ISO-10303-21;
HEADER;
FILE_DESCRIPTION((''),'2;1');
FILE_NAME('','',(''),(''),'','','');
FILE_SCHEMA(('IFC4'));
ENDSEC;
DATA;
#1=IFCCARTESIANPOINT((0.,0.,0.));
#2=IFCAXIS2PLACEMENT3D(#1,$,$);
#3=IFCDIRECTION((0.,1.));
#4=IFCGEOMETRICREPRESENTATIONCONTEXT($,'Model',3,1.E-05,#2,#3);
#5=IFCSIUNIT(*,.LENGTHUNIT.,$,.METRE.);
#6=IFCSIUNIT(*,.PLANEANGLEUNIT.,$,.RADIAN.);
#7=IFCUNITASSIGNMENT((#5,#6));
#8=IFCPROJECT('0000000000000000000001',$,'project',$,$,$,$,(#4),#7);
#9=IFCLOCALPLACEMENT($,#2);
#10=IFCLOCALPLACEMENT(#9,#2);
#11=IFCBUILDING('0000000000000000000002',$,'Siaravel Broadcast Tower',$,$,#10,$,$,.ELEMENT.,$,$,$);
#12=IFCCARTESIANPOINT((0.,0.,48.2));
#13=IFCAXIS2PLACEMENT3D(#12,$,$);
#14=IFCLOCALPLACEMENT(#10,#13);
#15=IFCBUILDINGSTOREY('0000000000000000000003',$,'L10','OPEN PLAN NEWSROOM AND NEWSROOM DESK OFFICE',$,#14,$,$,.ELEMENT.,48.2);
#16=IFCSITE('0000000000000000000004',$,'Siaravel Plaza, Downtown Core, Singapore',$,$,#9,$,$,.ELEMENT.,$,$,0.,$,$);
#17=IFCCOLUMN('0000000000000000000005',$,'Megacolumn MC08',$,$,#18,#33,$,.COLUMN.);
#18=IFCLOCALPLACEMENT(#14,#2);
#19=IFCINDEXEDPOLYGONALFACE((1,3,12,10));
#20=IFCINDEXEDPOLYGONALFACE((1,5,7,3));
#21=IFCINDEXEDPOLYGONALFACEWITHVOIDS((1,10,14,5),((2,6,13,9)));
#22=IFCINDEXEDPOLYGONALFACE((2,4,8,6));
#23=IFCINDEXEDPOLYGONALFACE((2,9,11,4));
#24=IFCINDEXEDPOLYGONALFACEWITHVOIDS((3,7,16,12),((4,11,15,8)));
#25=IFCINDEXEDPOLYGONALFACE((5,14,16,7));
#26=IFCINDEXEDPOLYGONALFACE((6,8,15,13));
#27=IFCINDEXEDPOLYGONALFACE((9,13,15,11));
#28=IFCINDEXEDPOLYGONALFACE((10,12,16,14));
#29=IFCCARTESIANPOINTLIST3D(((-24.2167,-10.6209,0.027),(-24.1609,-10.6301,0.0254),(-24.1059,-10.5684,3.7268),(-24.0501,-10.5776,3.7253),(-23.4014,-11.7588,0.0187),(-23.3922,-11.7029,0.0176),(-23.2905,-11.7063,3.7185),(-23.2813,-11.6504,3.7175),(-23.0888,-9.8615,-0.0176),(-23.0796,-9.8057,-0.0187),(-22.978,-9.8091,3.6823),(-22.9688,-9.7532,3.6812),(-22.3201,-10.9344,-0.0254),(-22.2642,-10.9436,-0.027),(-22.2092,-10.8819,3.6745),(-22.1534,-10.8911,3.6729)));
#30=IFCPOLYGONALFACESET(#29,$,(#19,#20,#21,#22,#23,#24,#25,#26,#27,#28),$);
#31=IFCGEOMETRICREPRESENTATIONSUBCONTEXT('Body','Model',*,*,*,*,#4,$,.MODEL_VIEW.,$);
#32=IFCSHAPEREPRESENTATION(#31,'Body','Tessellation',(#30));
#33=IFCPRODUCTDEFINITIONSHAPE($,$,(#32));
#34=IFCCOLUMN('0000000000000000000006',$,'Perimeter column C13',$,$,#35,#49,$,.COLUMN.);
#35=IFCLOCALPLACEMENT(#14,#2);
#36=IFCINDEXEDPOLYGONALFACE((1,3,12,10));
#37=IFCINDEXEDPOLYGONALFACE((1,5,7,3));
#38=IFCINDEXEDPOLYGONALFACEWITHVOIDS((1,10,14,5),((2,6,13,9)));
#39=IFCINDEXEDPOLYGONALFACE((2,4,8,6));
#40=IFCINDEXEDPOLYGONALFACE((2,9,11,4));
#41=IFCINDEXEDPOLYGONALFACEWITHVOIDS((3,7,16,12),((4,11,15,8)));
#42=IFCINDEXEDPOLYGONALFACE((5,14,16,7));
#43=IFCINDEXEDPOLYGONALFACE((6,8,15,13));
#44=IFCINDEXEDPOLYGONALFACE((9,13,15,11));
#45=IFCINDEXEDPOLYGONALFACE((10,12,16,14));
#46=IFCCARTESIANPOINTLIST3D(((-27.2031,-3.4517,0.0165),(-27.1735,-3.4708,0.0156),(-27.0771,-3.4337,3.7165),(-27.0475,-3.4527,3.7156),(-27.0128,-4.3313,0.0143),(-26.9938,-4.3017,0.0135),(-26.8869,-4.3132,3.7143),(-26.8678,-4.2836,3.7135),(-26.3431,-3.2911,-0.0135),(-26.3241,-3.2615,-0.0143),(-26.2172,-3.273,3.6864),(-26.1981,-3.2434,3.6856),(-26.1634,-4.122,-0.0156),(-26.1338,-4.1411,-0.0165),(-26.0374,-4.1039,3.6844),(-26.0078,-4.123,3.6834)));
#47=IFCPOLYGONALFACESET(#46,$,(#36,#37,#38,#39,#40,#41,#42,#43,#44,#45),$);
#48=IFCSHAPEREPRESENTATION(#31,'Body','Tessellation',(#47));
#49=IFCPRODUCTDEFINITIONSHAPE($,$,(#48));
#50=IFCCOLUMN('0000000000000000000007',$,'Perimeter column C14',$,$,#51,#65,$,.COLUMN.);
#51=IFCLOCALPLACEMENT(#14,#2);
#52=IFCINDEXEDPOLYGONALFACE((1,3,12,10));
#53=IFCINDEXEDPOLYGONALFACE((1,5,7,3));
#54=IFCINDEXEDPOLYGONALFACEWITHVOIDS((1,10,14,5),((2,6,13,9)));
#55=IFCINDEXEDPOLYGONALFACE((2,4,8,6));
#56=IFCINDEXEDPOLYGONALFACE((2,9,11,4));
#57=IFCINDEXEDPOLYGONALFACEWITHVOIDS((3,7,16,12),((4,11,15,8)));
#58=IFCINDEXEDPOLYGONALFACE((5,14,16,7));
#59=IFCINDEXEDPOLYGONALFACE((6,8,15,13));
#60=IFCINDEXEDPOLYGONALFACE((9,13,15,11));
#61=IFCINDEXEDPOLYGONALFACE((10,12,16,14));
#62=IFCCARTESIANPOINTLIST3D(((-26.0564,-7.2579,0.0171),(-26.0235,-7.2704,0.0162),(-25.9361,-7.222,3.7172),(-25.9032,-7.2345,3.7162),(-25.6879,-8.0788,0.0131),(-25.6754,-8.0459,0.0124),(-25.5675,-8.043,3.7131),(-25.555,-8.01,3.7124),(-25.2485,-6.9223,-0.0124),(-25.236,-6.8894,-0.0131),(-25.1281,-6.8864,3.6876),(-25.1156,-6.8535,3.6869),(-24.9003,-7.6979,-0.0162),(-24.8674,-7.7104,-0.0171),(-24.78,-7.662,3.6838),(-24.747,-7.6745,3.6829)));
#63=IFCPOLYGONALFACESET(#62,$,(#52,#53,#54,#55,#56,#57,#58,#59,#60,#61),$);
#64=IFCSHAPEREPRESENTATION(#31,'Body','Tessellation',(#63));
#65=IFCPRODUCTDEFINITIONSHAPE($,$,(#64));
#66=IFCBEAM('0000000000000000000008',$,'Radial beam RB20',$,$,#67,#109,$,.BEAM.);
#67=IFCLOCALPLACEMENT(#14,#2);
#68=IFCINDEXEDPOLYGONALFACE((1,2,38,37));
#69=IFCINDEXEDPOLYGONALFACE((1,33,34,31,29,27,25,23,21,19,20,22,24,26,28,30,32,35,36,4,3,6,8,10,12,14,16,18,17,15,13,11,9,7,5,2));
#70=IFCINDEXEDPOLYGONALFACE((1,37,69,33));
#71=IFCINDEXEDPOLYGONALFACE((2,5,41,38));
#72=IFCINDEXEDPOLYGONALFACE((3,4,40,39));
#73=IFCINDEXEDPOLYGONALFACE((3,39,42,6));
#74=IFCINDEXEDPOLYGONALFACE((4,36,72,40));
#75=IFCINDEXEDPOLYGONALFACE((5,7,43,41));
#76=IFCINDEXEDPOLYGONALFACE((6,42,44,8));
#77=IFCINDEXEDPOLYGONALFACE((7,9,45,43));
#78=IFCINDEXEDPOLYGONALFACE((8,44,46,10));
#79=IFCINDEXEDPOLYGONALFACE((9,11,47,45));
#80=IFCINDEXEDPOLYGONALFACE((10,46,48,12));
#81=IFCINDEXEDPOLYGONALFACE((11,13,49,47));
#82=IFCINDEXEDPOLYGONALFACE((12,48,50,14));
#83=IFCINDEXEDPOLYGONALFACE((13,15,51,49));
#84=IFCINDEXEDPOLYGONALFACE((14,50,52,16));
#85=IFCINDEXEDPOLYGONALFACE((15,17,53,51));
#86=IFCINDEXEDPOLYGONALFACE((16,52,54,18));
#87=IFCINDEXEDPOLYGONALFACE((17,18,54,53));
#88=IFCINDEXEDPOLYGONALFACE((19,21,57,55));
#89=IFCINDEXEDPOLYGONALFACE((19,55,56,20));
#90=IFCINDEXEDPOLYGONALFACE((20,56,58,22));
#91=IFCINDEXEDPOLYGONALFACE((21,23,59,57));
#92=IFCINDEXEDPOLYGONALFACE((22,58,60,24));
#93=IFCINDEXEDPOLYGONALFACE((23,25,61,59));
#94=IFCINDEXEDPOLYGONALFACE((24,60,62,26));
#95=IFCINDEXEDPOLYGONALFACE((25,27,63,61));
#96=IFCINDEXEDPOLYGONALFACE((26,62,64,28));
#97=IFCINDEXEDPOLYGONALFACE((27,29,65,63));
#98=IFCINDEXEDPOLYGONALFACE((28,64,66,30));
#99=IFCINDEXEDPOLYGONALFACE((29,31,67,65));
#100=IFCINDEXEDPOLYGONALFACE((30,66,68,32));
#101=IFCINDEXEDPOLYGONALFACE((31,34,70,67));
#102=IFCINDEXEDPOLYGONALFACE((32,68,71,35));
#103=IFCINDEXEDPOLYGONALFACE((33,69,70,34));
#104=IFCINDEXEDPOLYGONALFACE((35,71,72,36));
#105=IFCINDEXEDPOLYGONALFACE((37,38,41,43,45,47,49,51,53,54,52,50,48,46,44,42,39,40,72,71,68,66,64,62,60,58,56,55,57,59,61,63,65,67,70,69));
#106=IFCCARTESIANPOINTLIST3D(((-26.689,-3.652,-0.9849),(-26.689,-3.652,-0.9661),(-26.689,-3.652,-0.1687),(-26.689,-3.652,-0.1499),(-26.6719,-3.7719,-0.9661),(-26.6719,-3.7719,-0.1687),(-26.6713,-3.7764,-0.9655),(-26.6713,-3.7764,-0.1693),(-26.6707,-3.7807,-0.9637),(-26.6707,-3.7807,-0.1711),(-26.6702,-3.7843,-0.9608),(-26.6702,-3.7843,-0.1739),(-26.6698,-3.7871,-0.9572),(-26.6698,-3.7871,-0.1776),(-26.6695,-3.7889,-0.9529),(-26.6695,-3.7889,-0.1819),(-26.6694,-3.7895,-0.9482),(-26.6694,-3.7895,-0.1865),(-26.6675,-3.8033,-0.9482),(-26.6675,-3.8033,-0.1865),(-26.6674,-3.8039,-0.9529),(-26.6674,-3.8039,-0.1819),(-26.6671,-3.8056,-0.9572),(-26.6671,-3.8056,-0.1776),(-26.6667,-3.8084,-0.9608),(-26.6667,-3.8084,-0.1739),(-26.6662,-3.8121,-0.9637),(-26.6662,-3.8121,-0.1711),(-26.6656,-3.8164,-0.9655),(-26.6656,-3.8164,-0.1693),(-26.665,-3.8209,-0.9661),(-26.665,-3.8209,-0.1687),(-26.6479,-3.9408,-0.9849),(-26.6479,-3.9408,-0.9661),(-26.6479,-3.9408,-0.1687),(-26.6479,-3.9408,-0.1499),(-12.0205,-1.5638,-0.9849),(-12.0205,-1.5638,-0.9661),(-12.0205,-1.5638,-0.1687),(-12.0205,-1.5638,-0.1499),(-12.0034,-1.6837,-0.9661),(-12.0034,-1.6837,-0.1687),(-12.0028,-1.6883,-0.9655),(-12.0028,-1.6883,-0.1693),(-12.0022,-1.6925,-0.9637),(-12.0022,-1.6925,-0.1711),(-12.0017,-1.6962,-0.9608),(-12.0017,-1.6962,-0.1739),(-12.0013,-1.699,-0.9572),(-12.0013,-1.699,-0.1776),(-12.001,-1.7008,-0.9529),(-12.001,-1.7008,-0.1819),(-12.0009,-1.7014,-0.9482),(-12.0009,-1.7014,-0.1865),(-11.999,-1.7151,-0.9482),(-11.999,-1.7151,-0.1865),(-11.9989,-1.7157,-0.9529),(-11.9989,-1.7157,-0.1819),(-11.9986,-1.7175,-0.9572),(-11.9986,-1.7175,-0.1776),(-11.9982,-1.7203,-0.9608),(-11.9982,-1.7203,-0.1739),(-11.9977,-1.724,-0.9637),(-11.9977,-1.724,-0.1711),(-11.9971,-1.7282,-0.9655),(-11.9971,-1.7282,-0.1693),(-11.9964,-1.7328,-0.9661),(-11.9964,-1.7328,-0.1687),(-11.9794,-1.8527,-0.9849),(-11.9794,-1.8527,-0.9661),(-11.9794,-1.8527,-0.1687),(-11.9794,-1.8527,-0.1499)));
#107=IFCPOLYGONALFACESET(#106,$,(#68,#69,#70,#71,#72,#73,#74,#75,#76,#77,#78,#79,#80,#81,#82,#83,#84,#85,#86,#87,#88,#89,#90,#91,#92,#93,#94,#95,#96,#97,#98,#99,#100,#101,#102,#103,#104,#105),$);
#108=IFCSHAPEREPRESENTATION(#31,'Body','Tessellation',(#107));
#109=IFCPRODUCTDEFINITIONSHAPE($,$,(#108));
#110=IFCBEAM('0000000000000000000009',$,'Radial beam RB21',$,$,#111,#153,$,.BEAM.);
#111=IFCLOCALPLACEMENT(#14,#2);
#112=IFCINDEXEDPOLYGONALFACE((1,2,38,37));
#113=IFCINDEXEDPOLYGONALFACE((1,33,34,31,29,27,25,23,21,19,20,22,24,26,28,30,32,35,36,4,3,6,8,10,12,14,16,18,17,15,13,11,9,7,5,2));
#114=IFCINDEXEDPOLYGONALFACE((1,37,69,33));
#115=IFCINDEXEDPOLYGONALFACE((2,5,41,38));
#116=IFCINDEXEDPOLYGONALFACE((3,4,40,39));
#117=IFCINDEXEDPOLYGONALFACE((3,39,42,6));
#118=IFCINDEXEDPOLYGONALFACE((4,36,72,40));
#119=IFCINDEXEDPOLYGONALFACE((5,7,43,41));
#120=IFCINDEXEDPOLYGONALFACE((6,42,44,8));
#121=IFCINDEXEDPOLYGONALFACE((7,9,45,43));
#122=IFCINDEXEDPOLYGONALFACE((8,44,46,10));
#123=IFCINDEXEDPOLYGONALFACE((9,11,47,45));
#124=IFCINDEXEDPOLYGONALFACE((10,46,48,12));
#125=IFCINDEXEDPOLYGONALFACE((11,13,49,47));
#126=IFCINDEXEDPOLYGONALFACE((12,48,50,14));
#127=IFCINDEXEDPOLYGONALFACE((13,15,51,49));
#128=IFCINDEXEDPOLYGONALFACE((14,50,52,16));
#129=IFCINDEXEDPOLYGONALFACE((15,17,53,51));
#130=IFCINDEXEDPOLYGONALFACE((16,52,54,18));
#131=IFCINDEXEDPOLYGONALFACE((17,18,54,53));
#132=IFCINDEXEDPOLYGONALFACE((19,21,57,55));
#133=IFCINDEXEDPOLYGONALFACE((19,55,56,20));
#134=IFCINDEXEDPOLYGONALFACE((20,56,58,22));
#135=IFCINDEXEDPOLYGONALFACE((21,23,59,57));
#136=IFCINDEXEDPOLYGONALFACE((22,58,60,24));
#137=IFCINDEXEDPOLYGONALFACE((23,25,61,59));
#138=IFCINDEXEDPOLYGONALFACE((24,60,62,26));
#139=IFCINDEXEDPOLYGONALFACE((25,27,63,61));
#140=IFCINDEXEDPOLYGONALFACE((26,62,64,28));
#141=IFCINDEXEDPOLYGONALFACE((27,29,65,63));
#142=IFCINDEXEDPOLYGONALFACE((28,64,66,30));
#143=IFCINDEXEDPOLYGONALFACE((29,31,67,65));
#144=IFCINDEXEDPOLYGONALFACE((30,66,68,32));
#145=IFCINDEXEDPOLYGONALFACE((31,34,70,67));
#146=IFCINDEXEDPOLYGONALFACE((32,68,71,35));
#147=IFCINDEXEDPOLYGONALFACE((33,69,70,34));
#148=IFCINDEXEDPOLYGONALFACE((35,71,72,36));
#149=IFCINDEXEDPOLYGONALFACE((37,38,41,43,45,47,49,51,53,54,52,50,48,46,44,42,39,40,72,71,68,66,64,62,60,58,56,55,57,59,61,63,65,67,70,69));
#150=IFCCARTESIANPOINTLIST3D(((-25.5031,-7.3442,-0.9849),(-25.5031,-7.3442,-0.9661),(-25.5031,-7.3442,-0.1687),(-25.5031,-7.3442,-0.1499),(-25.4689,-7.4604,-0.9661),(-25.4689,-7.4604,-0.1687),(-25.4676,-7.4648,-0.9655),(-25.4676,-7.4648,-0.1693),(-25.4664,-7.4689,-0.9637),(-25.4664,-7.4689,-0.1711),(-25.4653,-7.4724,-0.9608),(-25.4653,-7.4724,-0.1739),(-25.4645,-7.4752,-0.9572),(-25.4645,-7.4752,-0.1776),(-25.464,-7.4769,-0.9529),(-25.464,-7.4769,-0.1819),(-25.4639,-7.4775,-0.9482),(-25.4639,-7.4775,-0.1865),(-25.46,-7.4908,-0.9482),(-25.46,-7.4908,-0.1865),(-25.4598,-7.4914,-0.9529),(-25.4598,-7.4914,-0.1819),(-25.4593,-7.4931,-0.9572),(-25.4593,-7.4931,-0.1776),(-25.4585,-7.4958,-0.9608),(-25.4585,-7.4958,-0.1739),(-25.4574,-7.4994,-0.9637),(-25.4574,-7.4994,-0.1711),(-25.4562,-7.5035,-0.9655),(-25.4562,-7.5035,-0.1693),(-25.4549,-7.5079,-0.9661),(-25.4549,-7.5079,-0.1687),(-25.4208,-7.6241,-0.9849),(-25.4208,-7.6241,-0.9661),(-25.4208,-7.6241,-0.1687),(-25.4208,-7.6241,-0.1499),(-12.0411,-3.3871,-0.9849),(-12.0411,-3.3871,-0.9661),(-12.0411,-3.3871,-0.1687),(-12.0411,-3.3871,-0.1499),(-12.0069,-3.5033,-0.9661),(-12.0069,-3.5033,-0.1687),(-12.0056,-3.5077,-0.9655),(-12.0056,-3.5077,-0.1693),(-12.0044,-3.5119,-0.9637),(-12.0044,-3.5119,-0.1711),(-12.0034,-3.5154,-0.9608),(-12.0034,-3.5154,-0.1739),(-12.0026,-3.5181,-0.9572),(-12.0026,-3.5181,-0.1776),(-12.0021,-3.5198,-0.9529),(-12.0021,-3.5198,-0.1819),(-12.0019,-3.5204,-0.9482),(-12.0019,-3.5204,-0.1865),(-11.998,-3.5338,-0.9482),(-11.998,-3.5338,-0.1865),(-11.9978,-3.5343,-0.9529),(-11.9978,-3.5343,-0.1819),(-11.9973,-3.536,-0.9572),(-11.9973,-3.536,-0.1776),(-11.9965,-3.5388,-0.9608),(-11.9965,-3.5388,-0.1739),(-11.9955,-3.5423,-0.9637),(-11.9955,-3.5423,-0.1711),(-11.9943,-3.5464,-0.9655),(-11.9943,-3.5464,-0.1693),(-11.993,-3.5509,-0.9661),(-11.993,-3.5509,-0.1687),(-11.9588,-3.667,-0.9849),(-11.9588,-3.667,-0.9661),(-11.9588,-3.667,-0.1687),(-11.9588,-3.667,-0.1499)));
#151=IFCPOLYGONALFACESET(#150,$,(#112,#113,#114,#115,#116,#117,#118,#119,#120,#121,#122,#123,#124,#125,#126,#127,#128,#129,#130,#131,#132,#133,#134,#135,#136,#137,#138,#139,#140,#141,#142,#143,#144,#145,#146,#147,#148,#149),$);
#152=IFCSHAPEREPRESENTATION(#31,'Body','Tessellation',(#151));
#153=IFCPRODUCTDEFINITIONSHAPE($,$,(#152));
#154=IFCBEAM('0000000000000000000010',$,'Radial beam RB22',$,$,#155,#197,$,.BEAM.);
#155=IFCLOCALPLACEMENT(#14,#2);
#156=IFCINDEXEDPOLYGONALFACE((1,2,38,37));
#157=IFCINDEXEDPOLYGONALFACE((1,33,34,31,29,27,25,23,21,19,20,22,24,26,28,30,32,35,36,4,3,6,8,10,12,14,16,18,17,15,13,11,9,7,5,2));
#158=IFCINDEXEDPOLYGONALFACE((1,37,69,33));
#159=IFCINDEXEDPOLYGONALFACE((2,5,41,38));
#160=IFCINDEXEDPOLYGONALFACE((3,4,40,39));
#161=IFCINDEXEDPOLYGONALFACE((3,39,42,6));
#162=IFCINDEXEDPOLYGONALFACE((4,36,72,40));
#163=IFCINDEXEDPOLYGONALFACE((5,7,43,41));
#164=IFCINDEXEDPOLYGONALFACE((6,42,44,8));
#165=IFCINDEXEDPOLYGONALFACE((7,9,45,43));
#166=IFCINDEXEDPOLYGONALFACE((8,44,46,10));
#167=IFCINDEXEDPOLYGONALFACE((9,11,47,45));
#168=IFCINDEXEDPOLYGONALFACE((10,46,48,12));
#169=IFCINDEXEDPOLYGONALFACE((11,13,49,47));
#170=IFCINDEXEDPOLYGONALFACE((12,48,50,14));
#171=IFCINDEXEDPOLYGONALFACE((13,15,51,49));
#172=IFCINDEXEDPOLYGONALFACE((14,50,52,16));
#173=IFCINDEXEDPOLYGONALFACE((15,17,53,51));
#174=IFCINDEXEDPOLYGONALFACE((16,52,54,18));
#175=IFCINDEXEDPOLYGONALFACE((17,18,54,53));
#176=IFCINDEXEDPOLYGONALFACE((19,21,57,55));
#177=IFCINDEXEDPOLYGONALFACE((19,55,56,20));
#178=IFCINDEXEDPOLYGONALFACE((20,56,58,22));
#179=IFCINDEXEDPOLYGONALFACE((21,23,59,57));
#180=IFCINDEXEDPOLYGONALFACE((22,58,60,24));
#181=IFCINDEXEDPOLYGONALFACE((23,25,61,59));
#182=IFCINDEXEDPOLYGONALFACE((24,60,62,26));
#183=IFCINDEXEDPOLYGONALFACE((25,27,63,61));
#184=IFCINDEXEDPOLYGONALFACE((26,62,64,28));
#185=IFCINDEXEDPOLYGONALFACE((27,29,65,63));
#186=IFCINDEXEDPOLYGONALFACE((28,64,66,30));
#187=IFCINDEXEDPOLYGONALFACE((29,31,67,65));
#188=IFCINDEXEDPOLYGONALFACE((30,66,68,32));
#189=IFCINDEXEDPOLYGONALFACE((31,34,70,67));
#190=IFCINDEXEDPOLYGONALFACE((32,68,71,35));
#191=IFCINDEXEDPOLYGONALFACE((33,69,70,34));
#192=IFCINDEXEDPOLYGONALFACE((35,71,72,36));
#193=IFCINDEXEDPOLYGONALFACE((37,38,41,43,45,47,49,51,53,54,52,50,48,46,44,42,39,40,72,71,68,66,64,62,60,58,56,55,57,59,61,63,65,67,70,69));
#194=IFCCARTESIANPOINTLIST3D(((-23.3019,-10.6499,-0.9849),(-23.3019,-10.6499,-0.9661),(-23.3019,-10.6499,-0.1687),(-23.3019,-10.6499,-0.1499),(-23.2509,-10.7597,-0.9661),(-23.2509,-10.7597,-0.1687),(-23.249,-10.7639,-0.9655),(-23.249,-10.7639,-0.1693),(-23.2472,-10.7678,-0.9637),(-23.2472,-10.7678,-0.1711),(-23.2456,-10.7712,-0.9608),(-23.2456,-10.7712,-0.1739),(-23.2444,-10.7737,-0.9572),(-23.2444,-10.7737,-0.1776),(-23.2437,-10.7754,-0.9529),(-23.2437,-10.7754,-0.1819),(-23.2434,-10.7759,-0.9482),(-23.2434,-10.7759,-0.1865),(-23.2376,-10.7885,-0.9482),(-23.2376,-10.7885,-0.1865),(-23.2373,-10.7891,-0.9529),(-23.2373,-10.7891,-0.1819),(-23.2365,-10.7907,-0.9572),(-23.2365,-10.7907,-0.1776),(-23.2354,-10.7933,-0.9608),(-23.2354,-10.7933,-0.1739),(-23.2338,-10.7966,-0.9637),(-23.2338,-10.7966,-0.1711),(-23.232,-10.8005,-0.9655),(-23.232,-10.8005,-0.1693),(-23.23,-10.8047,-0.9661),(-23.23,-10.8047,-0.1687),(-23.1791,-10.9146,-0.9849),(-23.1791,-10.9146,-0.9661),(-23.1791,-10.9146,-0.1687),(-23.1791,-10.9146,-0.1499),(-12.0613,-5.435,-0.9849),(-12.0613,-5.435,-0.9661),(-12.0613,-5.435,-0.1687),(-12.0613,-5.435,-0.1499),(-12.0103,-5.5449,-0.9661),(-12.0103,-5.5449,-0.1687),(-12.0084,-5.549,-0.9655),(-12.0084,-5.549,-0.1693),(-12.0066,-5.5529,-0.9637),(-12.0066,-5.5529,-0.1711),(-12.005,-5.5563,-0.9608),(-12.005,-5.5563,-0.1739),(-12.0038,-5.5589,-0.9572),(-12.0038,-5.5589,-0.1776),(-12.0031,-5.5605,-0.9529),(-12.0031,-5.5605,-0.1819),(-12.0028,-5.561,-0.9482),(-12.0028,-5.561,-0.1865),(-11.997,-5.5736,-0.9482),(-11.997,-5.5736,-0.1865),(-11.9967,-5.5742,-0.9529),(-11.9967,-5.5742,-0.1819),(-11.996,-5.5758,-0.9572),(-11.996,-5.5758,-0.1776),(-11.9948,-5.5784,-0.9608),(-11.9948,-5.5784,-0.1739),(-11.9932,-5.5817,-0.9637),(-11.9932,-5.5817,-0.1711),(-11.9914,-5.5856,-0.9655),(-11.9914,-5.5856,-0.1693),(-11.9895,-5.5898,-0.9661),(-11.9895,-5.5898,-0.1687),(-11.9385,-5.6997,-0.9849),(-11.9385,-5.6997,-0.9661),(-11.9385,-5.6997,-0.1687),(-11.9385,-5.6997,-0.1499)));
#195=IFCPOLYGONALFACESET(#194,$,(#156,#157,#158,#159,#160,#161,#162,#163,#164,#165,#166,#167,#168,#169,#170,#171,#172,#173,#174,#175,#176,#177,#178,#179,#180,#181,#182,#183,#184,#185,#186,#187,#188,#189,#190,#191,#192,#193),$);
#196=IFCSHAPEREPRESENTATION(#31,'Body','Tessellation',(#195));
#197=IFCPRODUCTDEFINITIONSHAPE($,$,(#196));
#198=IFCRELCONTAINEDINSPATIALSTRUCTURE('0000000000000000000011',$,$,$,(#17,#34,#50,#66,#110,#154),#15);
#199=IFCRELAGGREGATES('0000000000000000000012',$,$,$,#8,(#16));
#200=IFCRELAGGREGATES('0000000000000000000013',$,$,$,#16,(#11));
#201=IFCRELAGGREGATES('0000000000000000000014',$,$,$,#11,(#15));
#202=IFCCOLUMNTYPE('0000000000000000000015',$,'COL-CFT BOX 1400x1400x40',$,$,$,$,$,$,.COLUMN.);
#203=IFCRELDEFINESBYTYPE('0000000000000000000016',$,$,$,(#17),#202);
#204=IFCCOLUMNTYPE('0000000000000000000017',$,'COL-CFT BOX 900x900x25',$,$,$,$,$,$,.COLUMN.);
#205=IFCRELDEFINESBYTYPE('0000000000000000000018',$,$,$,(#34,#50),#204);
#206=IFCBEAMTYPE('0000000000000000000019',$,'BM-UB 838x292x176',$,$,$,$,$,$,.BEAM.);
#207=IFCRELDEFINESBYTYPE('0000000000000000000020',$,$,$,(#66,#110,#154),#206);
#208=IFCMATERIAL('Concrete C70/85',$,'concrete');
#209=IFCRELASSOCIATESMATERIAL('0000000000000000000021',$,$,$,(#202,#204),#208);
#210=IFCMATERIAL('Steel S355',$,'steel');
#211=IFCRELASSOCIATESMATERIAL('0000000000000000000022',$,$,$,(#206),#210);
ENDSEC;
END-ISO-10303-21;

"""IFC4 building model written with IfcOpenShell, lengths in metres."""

from ifc_helpers import new_model, si_unit, direction, frame, origin, origin_2d, place, context, subcontext, project, spatial, hollow_rectangle, i_section, extrude, material, material_profile, profile_set, type_object, element, save


model = new_model("IFC4")

# Units and contexts
model_context = context("Model", 3, precision=1e-05, world=origin(), true_north=direction((0.0, 1.0)))
body_context = subcontext(model_context, "Body", "Model", "MODEL_VIEW")
ifc_project = project(units=[si_unit("LENGTHUNIT", "METRE"), si_unit("PLANEANGLEUNIT", "RADIAN")], contexts=[model_context])

# Site, building, storey
site_placement = place(None, origin())
site = spatial("IfcSite", under=ifc_project, at=site_placement, Name="Siaravel Plaza, Downtown Core, Singapore", CompositionType="ELEMENT", RefElevation=0.0)
building_placement = place(site_placement, origin())
building = spatial("IfcBuilding", under=site, at=building_placement, Name="Siaravel Broadcast Tower", CompositionType="ELEMENT")
storey_placement = place(building_placement, frame((0.0, 0.0, 48.2)))
storey = spatial("IfcBuildingStorey", under=building, at=storey_placement, Name="L10", Description="OPEN PLAN NEWSROOM AND NEWSROOM DESK OFFICE", CompositionType="ELEMENT", Elevation=48.2)

# Columns
ifc_material_1 = material(Name="Concrete C70/85", Category="concrete")
ifc_material_profile_1 = material_profile(ifc_material_1, hollow_rectangle(XDim=1.3999, YDim=1.3999, WallThickness=0.04, at=origin_2d()))
ifc_profile_set_1 = profile_set([ifc_material_profile_1], Name="Concrete C70/85")
column_type_1 = type_object("IfcColumnType", Name="COL-CFT BOX 1400x1400x40", PredefinedType="COLUMN", material=ifc_profile_set_1)
column_placement = place(storey_placement, frame((-23.2405, -10.7822, 0.0), z_axis=(0.029941, 0.014179, 0.999451), x_axis=(-0.582456, 0.81284, 0.005917)))
element("IfcColumn", 1, at=column_placement, inside=storey, type_object=column_type_1, Name="Megacolumn MC08", PredefinedType="COLUMN", context=body_context, shape_type="SweptSolid", body=[
    extrude(hollow_rectangle(XDim=1.3999, YDim=1.3999, WallThickness=0.04, at=origin_2d()), origin(), (0.0, 0.0, 1.0), 3.7019),
])
ifc_material_profile_2 = material_profile(ifc_material_1, hollow_rectangle(XDim=0.8999, YDim=0.8999, WallThickness=0.0249, at=origin_2d()))
ifc_profile_set_2 = profile_set([ifc_material_profile_2], Name="Concrete C70/85")
column_type_2 = type_object("IfcColumnType", Name="COL-CFT BOX 900x900x25", PredefinedType="COLUMN", material=ifc_profile_set_2)
for number, where, z_axis, x_axis, name in (
    (2, (-26.6685, -3.7964, 0.0), (0.034028, 0.00488, 0.999409), (-0.211423, 0.977392, 0.002426), "Perimeter column C13"),
    (3, (-25.4619, -7.4841, 0.0), (0.032512, 0.009694, 0.999424), (-0.409552, 0.912276, 0.004474), "Perimeter column C14"),
):
    element("IfcColumn", number, at=place(storey_placement, frame(where, z_axis=z_axis, x_axis=x_axis)), inside=storey, type_object=column_type_2, Name=name, PredefinedType="COLUMN", context=body_context, shape_type="SweptSolid", body=[
        extrude(hollow_rectangle(XDim=0.8999, YDim=0.8999, WallThickness=0.0249, at=origin_2d()), origin(), (0.0, 0.0, 1.0), 3.7021),
    ])

# Beams
ifc_material_2 = material(Name="Steel S355", Category="steel")
ifc_material_profile_3 = material_profile(ifc_material_2, i_section(OverallWidth=0.2917, OverallDepth=0.835, WebThickness=0.0139, FlangeThickness=0.0188, FilletRadius=0.0178, at=origin_2d()))
ifc_profile_set_3 = profile_set([ifc_material_profile_3], Name="Steel S355")
beam_type = type_object("IfcBeamType", Name="BM-UB 838x292x176", PredefinedType="BEAM", material=ifc_profile_set_3)
beam_1_placement = place(storey_placement, frame((-26.6685, -3.7964, -0.5674), z_axis=(0.990019, 0.140935, 0.0), x_axis=(-0.140935, 0.990019, 0.0)))
element("IfcBeam", 4, at=beam_1_placement, inside=storey, type_object=beam_type, Name="Radial beam RB20", PredefinedType="BEAM", context=body_context, shape_type="SweptSolid", body=[
    extrude(i_section(OverallWidth=0.2917, OverallDepth=0.835, WebThickness=0.0139, FlangeThickness=0.0188, FilletRadius=0.0178, at=origin_2d()), origin(), (0.0, 0.0, 1.0), 14.8164),
])
beam_2_placement = place(storey_placement, frame((-25.4619, -7.4841, -0.5674), z_axis=(0.959411, 0.282012, 0.0), x_axis=(-0.282012, 0.959411, 0.0)))
element("IfcBeam", 5, at=beam_2_placement, inside=storey, type_object=beam_type, Name="Radial beam RB21", PredefinedType="BEAM", context=body_context, shape_type="SweptSolid", body=[
    extrude(i_section(OverallWidth=0.2917, OverallDepth=0.835, WebThickness=0.0139, FlangeThickness=0.0188, FilletRadius=0.0178, at=origin_2d()), origin(), (0.0, 0.0, 1.0), 14.0315),
])
beam_3_placement = place(storey_placement, frame((-23.2405, -10.7822, -0.5674), z_axis=(0.907131, 0.420849, 0.0), x_axis=(-0.420849, 0.907131, 0.0)))
element("IfcBeam", 6, at=beam_3_placement, inside=storey, type_object=beam_type, Name="Radial beam RB22", PredefinedType="BEAM", context=body_context, shape_type="SweptSolid", body=[
    extrude(i_section(OverallWidth=0.2917, OverallDepth=0.835, WebThickness=0.0139, FlangeThickness=0.0188, FilletRadius=0.0178, at=origin_2d()), origin(), (0.0, 0.0, 1.0), 12.3914),
])

save(model, "model.ifc")
